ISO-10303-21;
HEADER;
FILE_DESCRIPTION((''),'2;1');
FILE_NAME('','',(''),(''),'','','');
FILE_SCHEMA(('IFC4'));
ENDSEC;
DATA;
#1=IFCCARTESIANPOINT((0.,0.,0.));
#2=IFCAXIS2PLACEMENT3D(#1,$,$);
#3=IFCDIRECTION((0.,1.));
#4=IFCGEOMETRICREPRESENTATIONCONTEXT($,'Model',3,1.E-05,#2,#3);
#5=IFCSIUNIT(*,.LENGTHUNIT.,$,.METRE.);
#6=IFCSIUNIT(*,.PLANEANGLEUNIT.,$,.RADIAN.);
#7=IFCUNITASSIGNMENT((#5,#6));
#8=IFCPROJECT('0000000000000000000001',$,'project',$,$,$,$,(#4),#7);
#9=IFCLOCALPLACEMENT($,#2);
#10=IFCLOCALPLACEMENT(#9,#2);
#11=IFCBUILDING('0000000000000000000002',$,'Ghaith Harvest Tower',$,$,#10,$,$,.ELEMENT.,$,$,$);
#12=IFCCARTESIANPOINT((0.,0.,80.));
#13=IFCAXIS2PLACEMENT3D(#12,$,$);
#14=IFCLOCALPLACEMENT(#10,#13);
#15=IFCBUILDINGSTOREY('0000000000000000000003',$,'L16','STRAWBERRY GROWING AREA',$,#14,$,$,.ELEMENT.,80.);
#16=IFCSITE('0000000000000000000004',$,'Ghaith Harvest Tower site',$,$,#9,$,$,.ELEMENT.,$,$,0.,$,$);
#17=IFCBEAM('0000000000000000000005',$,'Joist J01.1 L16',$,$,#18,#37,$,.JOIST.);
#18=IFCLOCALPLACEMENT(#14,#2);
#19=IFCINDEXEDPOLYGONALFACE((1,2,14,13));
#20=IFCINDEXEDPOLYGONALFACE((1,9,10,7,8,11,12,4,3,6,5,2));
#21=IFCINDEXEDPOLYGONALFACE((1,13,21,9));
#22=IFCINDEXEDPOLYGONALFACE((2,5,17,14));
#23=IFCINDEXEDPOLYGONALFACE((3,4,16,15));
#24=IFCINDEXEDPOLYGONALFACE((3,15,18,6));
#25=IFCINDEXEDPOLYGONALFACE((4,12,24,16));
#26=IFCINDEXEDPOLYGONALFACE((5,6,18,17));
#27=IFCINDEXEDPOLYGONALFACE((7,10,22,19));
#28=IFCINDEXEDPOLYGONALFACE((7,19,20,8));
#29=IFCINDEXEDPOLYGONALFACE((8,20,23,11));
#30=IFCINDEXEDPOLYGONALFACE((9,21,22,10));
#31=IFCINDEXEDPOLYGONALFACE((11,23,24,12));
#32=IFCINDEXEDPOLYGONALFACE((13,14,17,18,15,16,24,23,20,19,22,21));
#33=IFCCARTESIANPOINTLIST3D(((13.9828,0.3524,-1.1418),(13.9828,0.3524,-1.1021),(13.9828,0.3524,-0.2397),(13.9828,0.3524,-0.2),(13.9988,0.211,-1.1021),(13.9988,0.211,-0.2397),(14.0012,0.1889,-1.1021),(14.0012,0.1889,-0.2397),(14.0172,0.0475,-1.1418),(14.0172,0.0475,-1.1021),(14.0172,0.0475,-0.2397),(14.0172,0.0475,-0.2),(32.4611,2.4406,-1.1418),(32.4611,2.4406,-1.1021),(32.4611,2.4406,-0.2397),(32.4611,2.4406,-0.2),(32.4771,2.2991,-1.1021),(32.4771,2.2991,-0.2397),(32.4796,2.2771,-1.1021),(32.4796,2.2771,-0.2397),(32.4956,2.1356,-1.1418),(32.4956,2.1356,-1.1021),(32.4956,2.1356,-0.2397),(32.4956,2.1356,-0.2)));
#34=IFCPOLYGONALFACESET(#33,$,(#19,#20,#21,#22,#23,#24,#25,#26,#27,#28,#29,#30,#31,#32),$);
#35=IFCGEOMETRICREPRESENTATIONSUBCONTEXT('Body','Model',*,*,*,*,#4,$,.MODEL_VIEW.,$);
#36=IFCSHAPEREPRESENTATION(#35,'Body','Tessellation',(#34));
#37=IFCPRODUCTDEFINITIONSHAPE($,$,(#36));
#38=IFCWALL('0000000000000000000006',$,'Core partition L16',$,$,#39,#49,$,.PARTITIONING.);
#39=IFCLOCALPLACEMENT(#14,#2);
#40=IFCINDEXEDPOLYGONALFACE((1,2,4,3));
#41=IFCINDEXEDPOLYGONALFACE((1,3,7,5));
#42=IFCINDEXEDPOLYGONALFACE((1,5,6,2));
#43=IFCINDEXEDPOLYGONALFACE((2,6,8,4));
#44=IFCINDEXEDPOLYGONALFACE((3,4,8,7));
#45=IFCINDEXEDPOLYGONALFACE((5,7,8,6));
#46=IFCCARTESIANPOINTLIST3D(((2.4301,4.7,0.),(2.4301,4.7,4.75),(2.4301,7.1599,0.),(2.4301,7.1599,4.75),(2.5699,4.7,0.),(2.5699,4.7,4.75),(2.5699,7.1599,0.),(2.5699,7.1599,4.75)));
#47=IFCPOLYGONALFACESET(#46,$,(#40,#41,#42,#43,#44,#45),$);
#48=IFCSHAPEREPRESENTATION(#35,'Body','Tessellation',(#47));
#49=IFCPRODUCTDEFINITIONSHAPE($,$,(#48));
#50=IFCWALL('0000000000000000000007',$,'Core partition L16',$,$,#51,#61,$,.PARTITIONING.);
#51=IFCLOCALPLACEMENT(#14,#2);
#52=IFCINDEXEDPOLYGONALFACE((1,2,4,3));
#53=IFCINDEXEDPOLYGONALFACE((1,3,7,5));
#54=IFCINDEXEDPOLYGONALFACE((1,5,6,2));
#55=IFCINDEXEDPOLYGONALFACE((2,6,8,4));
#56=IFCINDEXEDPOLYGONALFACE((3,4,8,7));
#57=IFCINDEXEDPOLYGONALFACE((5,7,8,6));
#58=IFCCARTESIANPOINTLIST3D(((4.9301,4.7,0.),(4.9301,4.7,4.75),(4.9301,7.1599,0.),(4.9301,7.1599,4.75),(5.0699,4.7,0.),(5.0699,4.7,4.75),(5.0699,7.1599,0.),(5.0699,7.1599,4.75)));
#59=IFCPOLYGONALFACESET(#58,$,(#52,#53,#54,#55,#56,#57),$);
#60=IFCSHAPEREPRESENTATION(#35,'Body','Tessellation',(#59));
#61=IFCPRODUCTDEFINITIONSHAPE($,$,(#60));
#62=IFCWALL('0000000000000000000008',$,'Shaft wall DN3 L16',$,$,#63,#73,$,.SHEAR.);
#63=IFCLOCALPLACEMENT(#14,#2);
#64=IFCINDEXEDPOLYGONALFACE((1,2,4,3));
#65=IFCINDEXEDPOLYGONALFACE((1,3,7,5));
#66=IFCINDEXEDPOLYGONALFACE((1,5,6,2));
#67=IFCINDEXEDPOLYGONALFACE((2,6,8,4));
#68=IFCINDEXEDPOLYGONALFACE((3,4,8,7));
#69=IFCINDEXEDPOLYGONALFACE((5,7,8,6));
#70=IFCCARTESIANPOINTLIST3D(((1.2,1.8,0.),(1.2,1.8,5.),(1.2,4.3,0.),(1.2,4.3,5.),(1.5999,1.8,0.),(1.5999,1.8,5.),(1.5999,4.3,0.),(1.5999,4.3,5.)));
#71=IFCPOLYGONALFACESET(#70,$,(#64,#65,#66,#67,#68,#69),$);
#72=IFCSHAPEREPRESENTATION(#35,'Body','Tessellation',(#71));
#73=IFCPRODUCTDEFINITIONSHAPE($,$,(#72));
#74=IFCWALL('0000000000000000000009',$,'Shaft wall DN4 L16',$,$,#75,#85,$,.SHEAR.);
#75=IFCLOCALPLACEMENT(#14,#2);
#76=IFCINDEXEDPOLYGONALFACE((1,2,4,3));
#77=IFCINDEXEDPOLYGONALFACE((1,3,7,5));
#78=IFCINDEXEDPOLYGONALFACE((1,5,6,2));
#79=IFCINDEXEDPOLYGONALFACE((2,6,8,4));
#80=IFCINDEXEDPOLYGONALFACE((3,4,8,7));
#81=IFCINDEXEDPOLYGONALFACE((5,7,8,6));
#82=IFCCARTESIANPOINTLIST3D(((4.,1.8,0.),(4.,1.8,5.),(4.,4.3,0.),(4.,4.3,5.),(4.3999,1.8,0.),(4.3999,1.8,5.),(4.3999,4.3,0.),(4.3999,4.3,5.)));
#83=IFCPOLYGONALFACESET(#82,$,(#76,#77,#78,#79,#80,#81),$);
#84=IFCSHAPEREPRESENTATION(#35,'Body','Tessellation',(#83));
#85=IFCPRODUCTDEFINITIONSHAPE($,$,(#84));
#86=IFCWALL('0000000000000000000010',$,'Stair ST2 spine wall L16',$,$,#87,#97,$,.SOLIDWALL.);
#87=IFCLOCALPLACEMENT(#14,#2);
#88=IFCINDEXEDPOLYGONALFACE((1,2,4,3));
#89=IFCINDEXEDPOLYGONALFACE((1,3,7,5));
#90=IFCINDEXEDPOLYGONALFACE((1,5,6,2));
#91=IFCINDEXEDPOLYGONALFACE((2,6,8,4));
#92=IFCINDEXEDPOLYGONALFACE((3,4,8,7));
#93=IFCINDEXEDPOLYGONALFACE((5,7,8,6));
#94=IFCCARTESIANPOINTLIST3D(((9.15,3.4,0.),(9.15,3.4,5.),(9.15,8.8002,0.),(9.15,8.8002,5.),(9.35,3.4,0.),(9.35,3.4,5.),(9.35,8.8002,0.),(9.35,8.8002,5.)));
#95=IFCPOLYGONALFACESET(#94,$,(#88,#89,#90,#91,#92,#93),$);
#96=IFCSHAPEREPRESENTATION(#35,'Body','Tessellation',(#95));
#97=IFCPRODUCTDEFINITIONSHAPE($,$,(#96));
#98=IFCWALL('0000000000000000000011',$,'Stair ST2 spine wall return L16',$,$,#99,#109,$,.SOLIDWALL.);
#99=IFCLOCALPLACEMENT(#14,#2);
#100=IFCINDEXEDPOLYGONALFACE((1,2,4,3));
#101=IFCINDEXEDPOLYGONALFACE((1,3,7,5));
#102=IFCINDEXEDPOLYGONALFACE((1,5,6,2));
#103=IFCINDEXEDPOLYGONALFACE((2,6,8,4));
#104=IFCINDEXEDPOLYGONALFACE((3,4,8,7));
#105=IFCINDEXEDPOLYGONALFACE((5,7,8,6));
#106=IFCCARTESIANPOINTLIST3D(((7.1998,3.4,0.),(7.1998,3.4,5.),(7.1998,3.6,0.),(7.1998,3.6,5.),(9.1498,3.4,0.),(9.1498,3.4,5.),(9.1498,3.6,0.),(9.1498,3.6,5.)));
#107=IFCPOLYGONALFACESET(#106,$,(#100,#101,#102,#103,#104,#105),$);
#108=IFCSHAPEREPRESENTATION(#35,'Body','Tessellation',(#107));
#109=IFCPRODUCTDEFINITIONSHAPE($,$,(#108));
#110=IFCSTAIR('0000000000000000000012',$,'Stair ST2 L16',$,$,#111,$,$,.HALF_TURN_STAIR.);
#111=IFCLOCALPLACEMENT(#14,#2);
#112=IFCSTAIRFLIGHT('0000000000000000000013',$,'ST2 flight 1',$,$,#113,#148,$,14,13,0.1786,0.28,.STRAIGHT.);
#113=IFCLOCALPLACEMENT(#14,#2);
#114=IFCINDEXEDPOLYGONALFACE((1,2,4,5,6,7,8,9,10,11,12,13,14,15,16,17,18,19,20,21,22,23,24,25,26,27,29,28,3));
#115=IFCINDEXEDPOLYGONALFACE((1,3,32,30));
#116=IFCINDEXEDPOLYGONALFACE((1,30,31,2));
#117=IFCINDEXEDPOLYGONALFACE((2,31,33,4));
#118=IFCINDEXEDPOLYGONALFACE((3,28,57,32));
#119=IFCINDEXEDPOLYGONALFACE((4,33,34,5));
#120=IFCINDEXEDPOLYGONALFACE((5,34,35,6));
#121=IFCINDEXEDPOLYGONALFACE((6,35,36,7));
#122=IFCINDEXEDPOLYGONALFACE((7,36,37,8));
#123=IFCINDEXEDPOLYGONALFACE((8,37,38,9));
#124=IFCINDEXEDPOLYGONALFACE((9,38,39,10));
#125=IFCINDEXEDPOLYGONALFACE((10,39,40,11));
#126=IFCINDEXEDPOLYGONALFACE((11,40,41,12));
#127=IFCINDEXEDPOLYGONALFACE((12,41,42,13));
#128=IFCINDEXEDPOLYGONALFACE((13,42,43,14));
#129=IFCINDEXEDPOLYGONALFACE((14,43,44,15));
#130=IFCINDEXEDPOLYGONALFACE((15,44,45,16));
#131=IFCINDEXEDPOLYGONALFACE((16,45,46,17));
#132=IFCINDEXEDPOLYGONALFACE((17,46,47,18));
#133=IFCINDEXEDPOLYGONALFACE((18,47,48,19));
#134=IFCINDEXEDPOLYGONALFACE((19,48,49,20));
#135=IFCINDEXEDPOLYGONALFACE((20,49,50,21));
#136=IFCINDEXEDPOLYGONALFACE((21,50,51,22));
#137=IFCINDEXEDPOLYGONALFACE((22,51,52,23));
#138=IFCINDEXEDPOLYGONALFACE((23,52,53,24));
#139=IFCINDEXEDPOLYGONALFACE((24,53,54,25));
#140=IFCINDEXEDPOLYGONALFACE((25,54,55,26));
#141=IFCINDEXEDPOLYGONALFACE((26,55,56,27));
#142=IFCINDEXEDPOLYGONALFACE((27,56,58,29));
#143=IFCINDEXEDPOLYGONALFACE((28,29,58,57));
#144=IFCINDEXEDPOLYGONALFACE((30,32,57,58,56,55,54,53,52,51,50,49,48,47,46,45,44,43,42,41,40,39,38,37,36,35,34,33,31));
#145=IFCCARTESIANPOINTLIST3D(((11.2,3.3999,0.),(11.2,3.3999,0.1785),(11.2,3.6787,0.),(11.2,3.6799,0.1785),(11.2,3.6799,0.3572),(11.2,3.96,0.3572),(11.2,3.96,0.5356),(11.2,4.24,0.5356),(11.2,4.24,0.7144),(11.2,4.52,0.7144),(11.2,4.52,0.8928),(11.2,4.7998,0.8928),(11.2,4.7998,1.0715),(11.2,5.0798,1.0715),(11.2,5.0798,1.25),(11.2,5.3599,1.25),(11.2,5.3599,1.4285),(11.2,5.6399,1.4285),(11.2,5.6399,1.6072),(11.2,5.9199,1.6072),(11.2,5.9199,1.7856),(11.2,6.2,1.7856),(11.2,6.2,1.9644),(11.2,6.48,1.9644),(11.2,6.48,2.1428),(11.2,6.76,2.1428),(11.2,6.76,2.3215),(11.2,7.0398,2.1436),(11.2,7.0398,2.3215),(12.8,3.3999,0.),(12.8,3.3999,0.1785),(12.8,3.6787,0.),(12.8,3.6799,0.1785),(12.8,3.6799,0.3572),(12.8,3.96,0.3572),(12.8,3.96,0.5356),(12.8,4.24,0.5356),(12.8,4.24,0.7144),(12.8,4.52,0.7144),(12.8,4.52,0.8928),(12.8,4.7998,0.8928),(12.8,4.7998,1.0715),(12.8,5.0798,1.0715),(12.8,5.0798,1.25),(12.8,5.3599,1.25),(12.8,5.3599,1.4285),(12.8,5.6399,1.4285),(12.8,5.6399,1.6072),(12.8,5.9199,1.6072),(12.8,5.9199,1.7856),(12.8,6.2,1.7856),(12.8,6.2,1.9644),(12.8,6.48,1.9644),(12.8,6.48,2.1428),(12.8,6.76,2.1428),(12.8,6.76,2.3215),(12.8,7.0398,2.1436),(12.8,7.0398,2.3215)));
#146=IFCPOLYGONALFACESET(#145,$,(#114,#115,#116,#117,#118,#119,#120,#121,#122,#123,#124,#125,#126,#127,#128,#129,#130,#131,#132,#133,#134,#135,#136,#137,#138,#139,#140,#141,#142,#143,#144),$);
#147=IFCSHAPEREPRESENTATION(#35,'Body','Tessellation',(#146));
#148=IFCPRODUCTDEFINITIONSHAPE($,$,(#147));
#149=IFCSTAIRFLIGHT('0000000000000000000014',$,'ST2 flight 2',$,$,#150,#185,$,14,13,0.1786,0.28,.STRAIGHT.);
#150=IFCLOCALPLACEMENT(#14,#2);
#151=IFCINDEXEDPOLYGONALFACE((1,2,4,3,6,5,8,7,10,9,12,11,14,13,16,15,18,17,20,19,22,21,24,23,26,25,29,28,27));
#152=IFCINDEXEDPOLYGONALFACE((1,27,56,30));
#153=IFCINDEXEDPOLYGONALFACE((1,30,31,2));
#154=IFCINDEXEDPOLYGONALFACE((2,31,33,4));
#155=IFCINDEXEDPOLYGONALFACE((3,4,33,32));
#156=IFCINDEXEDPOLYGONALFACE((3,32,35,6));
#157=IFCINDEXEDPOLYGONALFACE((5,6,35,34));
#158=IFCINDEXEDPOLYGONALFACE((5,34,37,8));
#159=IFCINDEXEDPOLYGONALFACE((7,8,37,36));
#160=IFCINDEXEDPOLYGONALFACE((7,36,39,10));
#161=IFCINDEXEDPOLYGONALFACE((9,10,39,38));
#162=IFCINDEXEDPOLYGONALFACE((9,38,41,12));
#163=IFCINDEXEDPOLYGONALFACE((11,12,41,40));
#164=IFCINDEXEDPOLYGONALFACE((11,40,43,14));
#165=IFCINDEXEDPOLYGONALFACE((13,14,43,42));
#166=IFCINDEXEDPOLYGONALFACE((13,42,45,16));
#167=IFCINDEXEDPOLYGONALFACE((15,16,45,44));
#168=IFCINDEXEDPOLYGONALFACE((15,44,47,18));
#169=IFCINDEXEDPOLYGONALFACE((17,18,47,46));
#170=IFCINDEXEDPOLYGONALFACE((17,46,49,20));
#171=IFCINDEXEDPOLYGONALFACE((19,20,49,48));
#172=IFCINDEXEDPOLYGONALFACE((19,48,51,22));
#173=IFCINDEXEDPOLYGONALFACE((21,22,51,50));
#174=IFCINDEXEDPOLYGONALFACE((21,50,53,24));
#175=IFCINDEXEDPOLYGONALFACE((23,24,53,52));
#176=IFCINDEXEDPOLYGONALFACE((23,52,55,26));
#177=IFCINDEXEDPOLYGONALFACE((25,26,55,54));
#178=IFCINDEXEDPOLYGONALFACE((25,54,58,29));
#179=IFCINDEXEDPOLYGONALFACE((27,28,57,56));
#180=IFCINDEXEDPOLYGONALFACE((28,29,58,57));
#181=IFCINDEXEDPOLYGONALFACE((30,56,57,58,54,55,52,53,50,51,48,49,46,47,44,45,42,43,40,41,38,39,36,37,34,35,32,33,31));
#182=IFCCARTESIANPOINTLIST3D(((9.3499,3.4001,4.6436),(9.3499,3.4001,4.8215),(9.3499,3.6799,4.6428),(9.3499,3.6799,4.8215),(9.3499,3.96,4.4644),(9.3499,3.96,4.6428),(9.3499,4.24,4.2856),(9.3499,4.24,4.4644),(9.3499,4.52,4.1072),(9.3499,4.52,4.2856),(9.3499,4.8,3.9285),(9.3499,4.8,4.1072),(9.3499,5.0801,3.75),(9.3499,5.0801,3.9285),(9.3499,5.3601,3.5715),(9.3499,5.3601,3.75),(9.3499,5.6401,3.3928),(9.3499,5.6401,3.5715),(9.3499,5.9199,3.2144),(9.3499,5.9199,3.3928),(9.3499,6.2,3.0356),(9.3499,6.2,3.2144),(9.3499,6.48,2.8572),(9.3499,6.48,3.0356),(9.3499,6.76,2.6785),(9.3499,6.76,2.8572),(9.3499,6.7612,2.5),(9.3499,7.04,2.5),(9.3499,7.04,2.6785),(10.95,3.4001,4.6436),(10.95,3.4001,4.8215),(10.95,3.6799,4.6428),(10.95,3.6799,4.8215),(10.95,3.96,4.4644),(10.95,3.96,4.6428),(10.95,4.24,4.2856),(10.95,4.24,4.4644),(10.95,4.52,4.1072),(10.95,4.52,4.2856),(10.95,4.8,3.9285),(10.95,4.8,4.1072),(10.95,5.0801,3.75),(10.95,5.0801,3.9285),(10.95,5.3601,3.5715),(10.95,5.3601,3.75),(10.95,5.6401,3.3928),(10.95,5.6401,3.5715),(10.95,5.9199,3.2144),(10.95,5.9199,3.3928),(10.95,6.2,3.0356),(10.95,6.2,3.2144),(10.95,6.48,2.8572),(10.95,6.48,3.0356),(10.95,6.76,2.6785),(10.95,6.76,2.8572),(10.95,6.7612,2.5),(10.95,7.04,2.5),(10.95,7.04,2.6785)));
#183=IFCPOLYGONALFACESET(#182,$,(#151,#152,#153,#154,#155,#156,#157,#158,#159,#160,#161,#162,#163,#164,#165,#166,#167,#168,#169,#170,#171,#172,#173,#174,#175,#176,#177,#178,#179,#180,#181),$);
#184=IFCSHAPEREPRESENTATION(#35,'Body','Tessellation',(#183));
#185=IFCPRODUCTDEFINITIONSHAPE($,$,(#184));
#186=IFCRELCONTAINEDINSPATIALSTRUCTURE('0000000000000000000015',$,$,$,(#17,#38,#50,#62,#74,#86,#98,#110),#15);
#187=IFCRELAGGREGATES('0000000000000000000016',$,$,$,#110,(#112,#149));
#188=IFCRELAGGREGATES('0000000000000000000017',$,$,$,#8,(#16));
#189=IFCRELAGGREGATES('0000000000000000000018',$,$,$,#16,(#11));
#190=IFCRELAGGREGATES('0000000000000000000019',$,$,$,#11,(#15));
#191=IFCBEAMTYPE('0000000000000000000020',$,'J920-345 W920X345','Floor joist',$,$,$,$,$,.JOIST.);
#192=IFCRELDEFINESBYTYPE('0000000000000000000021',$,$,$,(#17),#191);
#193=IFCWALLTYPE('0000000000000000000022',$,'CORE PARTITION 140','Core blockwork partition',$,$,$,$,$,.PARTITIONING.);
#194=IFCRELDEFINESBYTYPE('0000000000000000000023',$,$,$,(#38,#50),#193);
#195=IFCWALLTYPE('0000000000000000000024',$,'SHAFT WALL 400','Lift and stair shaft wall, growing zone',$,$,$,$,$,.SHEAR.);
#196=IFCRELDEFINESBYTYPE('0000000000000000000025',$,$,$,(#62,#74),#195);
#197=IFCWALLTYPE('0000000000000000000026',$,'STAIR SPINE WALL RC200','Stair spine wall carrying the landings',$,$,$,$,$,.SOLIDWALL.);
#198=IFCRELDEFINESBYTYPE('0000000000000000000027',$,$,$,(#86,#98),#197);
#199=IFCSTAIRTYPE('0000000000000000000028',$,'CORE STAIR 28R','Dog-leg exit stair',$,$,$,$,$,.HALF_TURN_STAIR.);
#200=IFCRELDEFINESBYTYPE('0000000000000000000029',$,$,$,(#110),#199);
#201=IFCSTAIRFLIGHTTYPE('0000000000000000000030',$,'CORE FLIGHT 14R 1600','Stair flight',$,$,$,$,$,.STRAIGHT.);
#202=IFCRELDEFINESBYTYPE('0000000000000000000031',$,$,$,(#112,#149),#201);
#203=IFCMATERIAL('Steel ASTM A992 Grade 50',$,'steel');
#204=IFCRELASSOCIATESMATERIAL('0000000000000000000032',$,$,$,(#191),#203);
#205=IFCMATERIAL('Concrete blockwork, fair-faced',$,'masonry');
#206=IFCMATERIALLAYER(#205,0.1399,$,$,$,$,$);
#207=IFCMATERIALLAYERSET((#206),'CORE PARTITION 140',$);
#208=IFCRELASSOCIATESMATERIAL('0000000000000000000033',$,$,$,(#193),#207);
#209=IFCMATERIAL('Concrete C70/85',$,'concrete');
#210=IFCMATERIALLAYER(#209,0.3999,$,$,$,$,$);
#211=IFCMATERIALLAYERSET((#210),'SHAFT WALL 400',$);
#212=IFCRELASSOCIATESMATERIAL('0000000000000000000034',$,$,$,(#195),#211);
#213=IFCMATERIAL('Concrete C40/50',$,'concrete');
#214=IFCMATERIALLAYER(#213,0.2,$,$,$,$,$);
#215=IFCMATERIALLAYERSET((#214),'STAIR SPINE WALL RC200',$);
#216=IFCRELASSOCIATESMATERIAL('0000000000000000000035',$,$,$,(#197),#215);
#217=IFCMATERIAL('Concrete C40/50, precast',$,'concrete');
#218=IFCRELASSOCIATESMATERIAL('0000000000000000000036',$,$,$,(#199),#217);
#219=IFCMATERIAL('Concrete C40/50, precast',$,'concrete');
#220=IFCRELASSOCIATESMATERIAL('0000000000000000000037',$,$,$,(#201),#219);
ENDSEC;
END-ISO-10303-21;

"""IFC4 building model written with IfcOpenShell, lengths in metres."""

from ifc_helpers import new_model, si_unit, direction, frame, frame_2d, origin, origin_2d, place, context, subcontext, project, spatial, polyline, rectangle, i_section, outline, extrude, material, layer, layer_set, material_profile, profile_set, type_object, element, aggregate, save


model = new_model("IFC4")

# Units and contexts
model_context = context("Model", 3, precision=1e-05, world=origin(), true_north=direction((0.0, 1.0)))
body_context = subcontext(model_context, "Body", "Model", "MODEL_VIEW")
ifc_project = project(units=[si_unit("LENGTHUNIT", "METRE"), si_unit("PLANEANGLEUNIT", "RADIAN")], contexts=[model_context])

# Site, building, storey
site_placement = place(None, origin())
site = spatial("IfcSite", under=ifc_project, at=site_placement, Name="Ghaith Harvest Tower site", CompositionType="ELEMENT", RefElevation=0.0)
building_placement = place(site_placement, origin())
building = spatial("IfcBuilding", under=site, at=building_placement, Name="Ghaith Harvest Tower", CompositionType="ELEMENT")
storey_placement = place(building_placement, frame((0.0, 0.0, 80.0)))
storey = spatial("IfcBuildingStorey", under=building, at=storey_placement, Name="L16", Description="STRAWBERRY GROWING AREA", CompositionType="ELEMENT", Elevation=80.0)

# Beam
ifc_material_1 = material(Name="Steel ASTM A992 Grade 50", Category="steel")
ifc_material_profile_1 = material_profile(ifc_material_1, i_section(OverallWidth=0.3069, OverallDepth=0.9419, WebThickness=0.0222, FlangeThickness=0.0398, at=origin_2d()), Name="W920X345")
ifc_profile_set_1 = profile_set([ifc_material_profile_1], Name="Steel ASTM A992 Grade 50")
beam_type_1 = type_object("IfcBeamType", Name="J920-345 W920X345", Description="Floor joist", PredefinedType="JOIST", material=ifc_profile_set_1)
beam_1_placement = place(storey_placement, frame((14.0, 0.2, -0.6709), z_axis=(0.993675, 0.11229, 0.0), x_axis=(-0.11229, 0.993675, 0.0)))
element("IfcBeam", 1, at=beam_1_placement, inside=storey, type_object=beam_type_1, Name="Joist J01.1 L16", PredefinedType="JOIST", context=body_context, shape_type="SweptSolid", body=[
    extrude(i_section(OverallWidth=0.3069, OverallDepth=0.9419, WebThickness=0.0222, FlangeThickness=0.0398, at=origin_2d()), origin(), (0.0, 0.0, 1.0), 18.5959),
])

# Walls
ifc_material_2 = material(Name="Concrete blockwork, fair-faced", Category="masonry")
ifc_layer_1 = layer(ifc_material_2, 0.1399)
ifc_layer_set_1 = layer_set([ifc_layer_1], Name="CORE PARTITION 140")
wall_type_1 = type_object("IfcWallType", Name="CORE PARTITION 140", Description="Core blockwork partition", PredefinedType="PARTITIONING", material=ifc_layer_set_1)
for number, where, z_axis, x_axis, name in (
    (2, (2.5, 4.7, 0.0), (0.0, 0.0, 1.0), (0.0, 1.0, 0.0), "Core partition L16"),
    (3, (5.0, 4.7, 0.0), (0.0, 0.0, 1.0), (0.0, 1.0, 0.0), "Core partition L16"),
):
    element("IfcWall", number, at=place(storey_placement, frame(where, z_axis=z_axis, x_axis=x_axis)), inside=storey, type_object=wall_type_1, Name=name, PredefinedType="PARTITIONING", context=body_context, shape_type="SweptSolid", body=[
        extrude(rectangle(XDim=2.46, YDim=0.1399, at=frame_2d((1.23, 0.0))), origin(), (0.0, 0.0, 1.0), 4.75),
    ])

# Shared definitions
ifc_material_3 = material(Name="Concrete C70/85", Category="concrete")
ifc_layer_2 = layer(ifc_material_3, 0.3999)
ifc_layer_set_2 = layer_set([ifc_layer_2], Name="SHAFT WALL 400")
wall_type_2 = type_object("IfcWallType", Name="SHAFT WALL 400", Description="Lift and stair shaft wall, growing zone", PredefinedType="SHEAR", material=ifc_layer_set_2)

# Walls
for number, where, z_axis, x_axis, name in (
    (4, (1.3999, 1.8, 0.0), (0.0, 0.0, 1.0), (0.0, 1.0, 0.0), "Shaft wall DN3 L16"),
    (5, (4.2, 1.8, 0.0), (0.0, 0.0, 1.0), (0.0, 1.0, 0.0), "Shaft wall DN4 L16"),
):
    element("IfcWall", number, at=place(storey_placement, frame(where, z_axis=z_axis, x_axis=x_axis)), inside=storey, type_object=wall_type_2, Name=name, PredefinedType="SHEAR", context=body_context, shape_type="SweptSolid", body=[
        extrude(rectangle(XDim=2.5, YDim=0.3999, at=frame_2d((1.25, 0.0))), origin(), (0.0, 0.0, 1.0), 5.0),
    ])
ifc_material_4 = material(Name="Concrete C40/50", Category="concrete")
ifc_layer_3 = layer(ifc_material_4, 0.2)
ifc_layer_set_3 = layer_set([ifc_layer_3], Name="STAIR SPINE WALL RC200")
wall_type_3 = type_object("IfcWallType", Name="STAIR SPINE WALL RC200", Description="Stair spine wall carrying the landings", PredefinedType="SOLIDWALL", material=ifc_layer_set_3)
wall_1_placement = place(storey_placement, frame((9.25, 3.3999, 0.0), z_axis=(0.0, 0.0, 1.0), x_axis=(0.0, 1.0, 0.0)))
element("IfcWall", 6, at=wall_1_placement, inside=storey, type_object=wall_type_3, Name="Stair ST2 spine wall L16", PredefinedType="SOLIDWALL", context=body_context, shape_type="SweptSolid", body=[
    extrude(rectangle(XDim=5.4001, YDim=0.2, at=frame_2d((2.7002, 0.0))), origin(), (0.0, 0.0, 1.0), 5.0),
])
wall_2_placement = place(storey_placement, frame((9.1499, 3.5, 0.0), z_axis=(0.0, 0.0, 1.0), x_axis=(-1.0, 0.0, 0.0)))
element("IfcWall", 7, at=wall_2_placement, inside=storey, type_object=wall_type_3, Name="Stair ST2 spine wall return L16", PredefinedType="SOLIDWALL", context=body_context, shape_type="SweptSolid", body=[
    extrude(rectangle(XDim=1.95, YDim=0.2, at=frame_2d((0.9751, 0.0))), origin(), (0.0, 0.0, 1.0), 5.0),
])

# Stair, stair flights
ifc_material_5 = material(Name="Concrete C40/50, precast", Category="concrete")
stair_type = type_object("IfcStairType", Name="CORE STAIR 28R", Description="Dog-leg exit stair", PredefinedType="HALF_TURN_STAIR", material=ifc_material_5)
stair_placement = place(storey_placement, origin())
stair = element("IfcStair", 8, at=stair_placement, inside=storey, type_object=stair_type, Name="Stair ST2 L16", PredefinedType="HALF_TURN_STAIR")
ifc_material_6 = material(Name="Concrete C40/50, precast", Category="concrete")
stair_flight_type = type_object("IfcStairFlightType", Name="CORE FLIGHT 14R 1600", Description="Stair flight", PredefinedType="STRAIGHT", material=ifc_material_6)
stair_flight_1_placement = place(storey_placement, frame((12.0, 3.3999, 0.0), z_axis=(0.0, 0.0, 1.0), x_axis=(0.0, 1.0, 0.0)))
stair_flight_1 = element("IfcStairFlight", 9, at=stair_flight_1_placement, type_object=stair_flight_type, Name="ST2 flight 1", NumberOfRisers=14, NumberOfTreads=13, PredefinedType="STRAIGHT", RiserHeight=0.1786, TreadLength=0.28, context=body_context, shape_type="SweptSolid", body=[
    extrude(outline(polyline([(0.0, 0.0), (0.0, 0.1785), (0.28, 0.1785), (0.28, 0.3572), (0.5601, 0.3572), (0.5601, 0.5356), (0.8401, 0.5356), (0.8401, 0.7144), (1.1201, 0.7144), (1.1201, 0.8928), (1.3999, 0.8928), (1.3999, 1.0715), (1.6799, 1.0715), (1.6799, 1.25), (1.96, 1.25), (1.96, 1.4285), (2.24, 1.4285), (2.24, 1.6072), (2.52, 1.6072), (2.52, 1.7856), (2.8, 1.7856), (2.8, 1.9644), (3.0801, 1.9644), (3.0801, 2.1428), (3.3601, 2.1428), (3.3601, 2.3215), (3.6399, 2.3215), (3.6399, 2.5), (3.6399, 2.1436), (0.2788, 0.0), (0.0, 0.0)])), frame((0.0, 0.8, 0.0), z_axis=(0.0, -1.0, 0.0), x_axis=(1.0, 0.0, 0.0)), (0.0, 0.0, 1.0), 1.6001),
])
stair_flight_2_placement = place(storey_placement, frame((10.1499, 7.04, 2.5), z_axis=(0.0, 0.0, 1.0), x_axis=(0.0, -1.0, 0.0)))
stair_flight_2 = element("IfcStairFlight", 10, at=stair_flight_2_placement, type_object=stair_flight_type, Name="ST2 flight 2", NumberOfRisers=14, NumberOfTreads=13, PredefinedType="STRAIGHT", RiserHeight=0.1786, TreadLength=0.28, context=body_context, shape_type="SweptSolid", body=[
    extrude(outline(polyline([(0.0, 0.0), (0.0, 0.1785), (0.28, 0.1785), (0.28, 0.3572), (0.5601, 0.3572), (0.5601, 0.5356), (0.8401, 0.5356), (0.8401, 0.7144), (1.1201, 0.7144), (1.1201, 0.8928), (1.3999, 0.8928), (1.3999, 1.0715), (1.6799, 1.0715), (1.6799, 1.25), (1.96, 1.25), (1.96, 1.4285), (2.24, 1.4285), (2.24, 1.6072), (2.52, 1.6072), (2.52, 1.7856), (2.8, 1.7856), (2.8, 1.9644), (3.0801, 1.9644), (3.0801, 2.1428), (3.3601, 2.1428), (3.3601, 2.3215), (3.6399, 2.3215), (3.6399, 2.5), (3.6399, 2.1436), (0.2788, 0.0), (0.0, 0.0)])), frame((0.0, 0.8, 0.0), z_axis=(0.0, -1.0, 0.0), x_axis=(1.0, 0.0, 0.0)), (0.0, 0.0, 1.0), 1.6001),
])
aggregate(stair, [stair_flight_1, stair_flight_2])

save(model, "model.ifc")
